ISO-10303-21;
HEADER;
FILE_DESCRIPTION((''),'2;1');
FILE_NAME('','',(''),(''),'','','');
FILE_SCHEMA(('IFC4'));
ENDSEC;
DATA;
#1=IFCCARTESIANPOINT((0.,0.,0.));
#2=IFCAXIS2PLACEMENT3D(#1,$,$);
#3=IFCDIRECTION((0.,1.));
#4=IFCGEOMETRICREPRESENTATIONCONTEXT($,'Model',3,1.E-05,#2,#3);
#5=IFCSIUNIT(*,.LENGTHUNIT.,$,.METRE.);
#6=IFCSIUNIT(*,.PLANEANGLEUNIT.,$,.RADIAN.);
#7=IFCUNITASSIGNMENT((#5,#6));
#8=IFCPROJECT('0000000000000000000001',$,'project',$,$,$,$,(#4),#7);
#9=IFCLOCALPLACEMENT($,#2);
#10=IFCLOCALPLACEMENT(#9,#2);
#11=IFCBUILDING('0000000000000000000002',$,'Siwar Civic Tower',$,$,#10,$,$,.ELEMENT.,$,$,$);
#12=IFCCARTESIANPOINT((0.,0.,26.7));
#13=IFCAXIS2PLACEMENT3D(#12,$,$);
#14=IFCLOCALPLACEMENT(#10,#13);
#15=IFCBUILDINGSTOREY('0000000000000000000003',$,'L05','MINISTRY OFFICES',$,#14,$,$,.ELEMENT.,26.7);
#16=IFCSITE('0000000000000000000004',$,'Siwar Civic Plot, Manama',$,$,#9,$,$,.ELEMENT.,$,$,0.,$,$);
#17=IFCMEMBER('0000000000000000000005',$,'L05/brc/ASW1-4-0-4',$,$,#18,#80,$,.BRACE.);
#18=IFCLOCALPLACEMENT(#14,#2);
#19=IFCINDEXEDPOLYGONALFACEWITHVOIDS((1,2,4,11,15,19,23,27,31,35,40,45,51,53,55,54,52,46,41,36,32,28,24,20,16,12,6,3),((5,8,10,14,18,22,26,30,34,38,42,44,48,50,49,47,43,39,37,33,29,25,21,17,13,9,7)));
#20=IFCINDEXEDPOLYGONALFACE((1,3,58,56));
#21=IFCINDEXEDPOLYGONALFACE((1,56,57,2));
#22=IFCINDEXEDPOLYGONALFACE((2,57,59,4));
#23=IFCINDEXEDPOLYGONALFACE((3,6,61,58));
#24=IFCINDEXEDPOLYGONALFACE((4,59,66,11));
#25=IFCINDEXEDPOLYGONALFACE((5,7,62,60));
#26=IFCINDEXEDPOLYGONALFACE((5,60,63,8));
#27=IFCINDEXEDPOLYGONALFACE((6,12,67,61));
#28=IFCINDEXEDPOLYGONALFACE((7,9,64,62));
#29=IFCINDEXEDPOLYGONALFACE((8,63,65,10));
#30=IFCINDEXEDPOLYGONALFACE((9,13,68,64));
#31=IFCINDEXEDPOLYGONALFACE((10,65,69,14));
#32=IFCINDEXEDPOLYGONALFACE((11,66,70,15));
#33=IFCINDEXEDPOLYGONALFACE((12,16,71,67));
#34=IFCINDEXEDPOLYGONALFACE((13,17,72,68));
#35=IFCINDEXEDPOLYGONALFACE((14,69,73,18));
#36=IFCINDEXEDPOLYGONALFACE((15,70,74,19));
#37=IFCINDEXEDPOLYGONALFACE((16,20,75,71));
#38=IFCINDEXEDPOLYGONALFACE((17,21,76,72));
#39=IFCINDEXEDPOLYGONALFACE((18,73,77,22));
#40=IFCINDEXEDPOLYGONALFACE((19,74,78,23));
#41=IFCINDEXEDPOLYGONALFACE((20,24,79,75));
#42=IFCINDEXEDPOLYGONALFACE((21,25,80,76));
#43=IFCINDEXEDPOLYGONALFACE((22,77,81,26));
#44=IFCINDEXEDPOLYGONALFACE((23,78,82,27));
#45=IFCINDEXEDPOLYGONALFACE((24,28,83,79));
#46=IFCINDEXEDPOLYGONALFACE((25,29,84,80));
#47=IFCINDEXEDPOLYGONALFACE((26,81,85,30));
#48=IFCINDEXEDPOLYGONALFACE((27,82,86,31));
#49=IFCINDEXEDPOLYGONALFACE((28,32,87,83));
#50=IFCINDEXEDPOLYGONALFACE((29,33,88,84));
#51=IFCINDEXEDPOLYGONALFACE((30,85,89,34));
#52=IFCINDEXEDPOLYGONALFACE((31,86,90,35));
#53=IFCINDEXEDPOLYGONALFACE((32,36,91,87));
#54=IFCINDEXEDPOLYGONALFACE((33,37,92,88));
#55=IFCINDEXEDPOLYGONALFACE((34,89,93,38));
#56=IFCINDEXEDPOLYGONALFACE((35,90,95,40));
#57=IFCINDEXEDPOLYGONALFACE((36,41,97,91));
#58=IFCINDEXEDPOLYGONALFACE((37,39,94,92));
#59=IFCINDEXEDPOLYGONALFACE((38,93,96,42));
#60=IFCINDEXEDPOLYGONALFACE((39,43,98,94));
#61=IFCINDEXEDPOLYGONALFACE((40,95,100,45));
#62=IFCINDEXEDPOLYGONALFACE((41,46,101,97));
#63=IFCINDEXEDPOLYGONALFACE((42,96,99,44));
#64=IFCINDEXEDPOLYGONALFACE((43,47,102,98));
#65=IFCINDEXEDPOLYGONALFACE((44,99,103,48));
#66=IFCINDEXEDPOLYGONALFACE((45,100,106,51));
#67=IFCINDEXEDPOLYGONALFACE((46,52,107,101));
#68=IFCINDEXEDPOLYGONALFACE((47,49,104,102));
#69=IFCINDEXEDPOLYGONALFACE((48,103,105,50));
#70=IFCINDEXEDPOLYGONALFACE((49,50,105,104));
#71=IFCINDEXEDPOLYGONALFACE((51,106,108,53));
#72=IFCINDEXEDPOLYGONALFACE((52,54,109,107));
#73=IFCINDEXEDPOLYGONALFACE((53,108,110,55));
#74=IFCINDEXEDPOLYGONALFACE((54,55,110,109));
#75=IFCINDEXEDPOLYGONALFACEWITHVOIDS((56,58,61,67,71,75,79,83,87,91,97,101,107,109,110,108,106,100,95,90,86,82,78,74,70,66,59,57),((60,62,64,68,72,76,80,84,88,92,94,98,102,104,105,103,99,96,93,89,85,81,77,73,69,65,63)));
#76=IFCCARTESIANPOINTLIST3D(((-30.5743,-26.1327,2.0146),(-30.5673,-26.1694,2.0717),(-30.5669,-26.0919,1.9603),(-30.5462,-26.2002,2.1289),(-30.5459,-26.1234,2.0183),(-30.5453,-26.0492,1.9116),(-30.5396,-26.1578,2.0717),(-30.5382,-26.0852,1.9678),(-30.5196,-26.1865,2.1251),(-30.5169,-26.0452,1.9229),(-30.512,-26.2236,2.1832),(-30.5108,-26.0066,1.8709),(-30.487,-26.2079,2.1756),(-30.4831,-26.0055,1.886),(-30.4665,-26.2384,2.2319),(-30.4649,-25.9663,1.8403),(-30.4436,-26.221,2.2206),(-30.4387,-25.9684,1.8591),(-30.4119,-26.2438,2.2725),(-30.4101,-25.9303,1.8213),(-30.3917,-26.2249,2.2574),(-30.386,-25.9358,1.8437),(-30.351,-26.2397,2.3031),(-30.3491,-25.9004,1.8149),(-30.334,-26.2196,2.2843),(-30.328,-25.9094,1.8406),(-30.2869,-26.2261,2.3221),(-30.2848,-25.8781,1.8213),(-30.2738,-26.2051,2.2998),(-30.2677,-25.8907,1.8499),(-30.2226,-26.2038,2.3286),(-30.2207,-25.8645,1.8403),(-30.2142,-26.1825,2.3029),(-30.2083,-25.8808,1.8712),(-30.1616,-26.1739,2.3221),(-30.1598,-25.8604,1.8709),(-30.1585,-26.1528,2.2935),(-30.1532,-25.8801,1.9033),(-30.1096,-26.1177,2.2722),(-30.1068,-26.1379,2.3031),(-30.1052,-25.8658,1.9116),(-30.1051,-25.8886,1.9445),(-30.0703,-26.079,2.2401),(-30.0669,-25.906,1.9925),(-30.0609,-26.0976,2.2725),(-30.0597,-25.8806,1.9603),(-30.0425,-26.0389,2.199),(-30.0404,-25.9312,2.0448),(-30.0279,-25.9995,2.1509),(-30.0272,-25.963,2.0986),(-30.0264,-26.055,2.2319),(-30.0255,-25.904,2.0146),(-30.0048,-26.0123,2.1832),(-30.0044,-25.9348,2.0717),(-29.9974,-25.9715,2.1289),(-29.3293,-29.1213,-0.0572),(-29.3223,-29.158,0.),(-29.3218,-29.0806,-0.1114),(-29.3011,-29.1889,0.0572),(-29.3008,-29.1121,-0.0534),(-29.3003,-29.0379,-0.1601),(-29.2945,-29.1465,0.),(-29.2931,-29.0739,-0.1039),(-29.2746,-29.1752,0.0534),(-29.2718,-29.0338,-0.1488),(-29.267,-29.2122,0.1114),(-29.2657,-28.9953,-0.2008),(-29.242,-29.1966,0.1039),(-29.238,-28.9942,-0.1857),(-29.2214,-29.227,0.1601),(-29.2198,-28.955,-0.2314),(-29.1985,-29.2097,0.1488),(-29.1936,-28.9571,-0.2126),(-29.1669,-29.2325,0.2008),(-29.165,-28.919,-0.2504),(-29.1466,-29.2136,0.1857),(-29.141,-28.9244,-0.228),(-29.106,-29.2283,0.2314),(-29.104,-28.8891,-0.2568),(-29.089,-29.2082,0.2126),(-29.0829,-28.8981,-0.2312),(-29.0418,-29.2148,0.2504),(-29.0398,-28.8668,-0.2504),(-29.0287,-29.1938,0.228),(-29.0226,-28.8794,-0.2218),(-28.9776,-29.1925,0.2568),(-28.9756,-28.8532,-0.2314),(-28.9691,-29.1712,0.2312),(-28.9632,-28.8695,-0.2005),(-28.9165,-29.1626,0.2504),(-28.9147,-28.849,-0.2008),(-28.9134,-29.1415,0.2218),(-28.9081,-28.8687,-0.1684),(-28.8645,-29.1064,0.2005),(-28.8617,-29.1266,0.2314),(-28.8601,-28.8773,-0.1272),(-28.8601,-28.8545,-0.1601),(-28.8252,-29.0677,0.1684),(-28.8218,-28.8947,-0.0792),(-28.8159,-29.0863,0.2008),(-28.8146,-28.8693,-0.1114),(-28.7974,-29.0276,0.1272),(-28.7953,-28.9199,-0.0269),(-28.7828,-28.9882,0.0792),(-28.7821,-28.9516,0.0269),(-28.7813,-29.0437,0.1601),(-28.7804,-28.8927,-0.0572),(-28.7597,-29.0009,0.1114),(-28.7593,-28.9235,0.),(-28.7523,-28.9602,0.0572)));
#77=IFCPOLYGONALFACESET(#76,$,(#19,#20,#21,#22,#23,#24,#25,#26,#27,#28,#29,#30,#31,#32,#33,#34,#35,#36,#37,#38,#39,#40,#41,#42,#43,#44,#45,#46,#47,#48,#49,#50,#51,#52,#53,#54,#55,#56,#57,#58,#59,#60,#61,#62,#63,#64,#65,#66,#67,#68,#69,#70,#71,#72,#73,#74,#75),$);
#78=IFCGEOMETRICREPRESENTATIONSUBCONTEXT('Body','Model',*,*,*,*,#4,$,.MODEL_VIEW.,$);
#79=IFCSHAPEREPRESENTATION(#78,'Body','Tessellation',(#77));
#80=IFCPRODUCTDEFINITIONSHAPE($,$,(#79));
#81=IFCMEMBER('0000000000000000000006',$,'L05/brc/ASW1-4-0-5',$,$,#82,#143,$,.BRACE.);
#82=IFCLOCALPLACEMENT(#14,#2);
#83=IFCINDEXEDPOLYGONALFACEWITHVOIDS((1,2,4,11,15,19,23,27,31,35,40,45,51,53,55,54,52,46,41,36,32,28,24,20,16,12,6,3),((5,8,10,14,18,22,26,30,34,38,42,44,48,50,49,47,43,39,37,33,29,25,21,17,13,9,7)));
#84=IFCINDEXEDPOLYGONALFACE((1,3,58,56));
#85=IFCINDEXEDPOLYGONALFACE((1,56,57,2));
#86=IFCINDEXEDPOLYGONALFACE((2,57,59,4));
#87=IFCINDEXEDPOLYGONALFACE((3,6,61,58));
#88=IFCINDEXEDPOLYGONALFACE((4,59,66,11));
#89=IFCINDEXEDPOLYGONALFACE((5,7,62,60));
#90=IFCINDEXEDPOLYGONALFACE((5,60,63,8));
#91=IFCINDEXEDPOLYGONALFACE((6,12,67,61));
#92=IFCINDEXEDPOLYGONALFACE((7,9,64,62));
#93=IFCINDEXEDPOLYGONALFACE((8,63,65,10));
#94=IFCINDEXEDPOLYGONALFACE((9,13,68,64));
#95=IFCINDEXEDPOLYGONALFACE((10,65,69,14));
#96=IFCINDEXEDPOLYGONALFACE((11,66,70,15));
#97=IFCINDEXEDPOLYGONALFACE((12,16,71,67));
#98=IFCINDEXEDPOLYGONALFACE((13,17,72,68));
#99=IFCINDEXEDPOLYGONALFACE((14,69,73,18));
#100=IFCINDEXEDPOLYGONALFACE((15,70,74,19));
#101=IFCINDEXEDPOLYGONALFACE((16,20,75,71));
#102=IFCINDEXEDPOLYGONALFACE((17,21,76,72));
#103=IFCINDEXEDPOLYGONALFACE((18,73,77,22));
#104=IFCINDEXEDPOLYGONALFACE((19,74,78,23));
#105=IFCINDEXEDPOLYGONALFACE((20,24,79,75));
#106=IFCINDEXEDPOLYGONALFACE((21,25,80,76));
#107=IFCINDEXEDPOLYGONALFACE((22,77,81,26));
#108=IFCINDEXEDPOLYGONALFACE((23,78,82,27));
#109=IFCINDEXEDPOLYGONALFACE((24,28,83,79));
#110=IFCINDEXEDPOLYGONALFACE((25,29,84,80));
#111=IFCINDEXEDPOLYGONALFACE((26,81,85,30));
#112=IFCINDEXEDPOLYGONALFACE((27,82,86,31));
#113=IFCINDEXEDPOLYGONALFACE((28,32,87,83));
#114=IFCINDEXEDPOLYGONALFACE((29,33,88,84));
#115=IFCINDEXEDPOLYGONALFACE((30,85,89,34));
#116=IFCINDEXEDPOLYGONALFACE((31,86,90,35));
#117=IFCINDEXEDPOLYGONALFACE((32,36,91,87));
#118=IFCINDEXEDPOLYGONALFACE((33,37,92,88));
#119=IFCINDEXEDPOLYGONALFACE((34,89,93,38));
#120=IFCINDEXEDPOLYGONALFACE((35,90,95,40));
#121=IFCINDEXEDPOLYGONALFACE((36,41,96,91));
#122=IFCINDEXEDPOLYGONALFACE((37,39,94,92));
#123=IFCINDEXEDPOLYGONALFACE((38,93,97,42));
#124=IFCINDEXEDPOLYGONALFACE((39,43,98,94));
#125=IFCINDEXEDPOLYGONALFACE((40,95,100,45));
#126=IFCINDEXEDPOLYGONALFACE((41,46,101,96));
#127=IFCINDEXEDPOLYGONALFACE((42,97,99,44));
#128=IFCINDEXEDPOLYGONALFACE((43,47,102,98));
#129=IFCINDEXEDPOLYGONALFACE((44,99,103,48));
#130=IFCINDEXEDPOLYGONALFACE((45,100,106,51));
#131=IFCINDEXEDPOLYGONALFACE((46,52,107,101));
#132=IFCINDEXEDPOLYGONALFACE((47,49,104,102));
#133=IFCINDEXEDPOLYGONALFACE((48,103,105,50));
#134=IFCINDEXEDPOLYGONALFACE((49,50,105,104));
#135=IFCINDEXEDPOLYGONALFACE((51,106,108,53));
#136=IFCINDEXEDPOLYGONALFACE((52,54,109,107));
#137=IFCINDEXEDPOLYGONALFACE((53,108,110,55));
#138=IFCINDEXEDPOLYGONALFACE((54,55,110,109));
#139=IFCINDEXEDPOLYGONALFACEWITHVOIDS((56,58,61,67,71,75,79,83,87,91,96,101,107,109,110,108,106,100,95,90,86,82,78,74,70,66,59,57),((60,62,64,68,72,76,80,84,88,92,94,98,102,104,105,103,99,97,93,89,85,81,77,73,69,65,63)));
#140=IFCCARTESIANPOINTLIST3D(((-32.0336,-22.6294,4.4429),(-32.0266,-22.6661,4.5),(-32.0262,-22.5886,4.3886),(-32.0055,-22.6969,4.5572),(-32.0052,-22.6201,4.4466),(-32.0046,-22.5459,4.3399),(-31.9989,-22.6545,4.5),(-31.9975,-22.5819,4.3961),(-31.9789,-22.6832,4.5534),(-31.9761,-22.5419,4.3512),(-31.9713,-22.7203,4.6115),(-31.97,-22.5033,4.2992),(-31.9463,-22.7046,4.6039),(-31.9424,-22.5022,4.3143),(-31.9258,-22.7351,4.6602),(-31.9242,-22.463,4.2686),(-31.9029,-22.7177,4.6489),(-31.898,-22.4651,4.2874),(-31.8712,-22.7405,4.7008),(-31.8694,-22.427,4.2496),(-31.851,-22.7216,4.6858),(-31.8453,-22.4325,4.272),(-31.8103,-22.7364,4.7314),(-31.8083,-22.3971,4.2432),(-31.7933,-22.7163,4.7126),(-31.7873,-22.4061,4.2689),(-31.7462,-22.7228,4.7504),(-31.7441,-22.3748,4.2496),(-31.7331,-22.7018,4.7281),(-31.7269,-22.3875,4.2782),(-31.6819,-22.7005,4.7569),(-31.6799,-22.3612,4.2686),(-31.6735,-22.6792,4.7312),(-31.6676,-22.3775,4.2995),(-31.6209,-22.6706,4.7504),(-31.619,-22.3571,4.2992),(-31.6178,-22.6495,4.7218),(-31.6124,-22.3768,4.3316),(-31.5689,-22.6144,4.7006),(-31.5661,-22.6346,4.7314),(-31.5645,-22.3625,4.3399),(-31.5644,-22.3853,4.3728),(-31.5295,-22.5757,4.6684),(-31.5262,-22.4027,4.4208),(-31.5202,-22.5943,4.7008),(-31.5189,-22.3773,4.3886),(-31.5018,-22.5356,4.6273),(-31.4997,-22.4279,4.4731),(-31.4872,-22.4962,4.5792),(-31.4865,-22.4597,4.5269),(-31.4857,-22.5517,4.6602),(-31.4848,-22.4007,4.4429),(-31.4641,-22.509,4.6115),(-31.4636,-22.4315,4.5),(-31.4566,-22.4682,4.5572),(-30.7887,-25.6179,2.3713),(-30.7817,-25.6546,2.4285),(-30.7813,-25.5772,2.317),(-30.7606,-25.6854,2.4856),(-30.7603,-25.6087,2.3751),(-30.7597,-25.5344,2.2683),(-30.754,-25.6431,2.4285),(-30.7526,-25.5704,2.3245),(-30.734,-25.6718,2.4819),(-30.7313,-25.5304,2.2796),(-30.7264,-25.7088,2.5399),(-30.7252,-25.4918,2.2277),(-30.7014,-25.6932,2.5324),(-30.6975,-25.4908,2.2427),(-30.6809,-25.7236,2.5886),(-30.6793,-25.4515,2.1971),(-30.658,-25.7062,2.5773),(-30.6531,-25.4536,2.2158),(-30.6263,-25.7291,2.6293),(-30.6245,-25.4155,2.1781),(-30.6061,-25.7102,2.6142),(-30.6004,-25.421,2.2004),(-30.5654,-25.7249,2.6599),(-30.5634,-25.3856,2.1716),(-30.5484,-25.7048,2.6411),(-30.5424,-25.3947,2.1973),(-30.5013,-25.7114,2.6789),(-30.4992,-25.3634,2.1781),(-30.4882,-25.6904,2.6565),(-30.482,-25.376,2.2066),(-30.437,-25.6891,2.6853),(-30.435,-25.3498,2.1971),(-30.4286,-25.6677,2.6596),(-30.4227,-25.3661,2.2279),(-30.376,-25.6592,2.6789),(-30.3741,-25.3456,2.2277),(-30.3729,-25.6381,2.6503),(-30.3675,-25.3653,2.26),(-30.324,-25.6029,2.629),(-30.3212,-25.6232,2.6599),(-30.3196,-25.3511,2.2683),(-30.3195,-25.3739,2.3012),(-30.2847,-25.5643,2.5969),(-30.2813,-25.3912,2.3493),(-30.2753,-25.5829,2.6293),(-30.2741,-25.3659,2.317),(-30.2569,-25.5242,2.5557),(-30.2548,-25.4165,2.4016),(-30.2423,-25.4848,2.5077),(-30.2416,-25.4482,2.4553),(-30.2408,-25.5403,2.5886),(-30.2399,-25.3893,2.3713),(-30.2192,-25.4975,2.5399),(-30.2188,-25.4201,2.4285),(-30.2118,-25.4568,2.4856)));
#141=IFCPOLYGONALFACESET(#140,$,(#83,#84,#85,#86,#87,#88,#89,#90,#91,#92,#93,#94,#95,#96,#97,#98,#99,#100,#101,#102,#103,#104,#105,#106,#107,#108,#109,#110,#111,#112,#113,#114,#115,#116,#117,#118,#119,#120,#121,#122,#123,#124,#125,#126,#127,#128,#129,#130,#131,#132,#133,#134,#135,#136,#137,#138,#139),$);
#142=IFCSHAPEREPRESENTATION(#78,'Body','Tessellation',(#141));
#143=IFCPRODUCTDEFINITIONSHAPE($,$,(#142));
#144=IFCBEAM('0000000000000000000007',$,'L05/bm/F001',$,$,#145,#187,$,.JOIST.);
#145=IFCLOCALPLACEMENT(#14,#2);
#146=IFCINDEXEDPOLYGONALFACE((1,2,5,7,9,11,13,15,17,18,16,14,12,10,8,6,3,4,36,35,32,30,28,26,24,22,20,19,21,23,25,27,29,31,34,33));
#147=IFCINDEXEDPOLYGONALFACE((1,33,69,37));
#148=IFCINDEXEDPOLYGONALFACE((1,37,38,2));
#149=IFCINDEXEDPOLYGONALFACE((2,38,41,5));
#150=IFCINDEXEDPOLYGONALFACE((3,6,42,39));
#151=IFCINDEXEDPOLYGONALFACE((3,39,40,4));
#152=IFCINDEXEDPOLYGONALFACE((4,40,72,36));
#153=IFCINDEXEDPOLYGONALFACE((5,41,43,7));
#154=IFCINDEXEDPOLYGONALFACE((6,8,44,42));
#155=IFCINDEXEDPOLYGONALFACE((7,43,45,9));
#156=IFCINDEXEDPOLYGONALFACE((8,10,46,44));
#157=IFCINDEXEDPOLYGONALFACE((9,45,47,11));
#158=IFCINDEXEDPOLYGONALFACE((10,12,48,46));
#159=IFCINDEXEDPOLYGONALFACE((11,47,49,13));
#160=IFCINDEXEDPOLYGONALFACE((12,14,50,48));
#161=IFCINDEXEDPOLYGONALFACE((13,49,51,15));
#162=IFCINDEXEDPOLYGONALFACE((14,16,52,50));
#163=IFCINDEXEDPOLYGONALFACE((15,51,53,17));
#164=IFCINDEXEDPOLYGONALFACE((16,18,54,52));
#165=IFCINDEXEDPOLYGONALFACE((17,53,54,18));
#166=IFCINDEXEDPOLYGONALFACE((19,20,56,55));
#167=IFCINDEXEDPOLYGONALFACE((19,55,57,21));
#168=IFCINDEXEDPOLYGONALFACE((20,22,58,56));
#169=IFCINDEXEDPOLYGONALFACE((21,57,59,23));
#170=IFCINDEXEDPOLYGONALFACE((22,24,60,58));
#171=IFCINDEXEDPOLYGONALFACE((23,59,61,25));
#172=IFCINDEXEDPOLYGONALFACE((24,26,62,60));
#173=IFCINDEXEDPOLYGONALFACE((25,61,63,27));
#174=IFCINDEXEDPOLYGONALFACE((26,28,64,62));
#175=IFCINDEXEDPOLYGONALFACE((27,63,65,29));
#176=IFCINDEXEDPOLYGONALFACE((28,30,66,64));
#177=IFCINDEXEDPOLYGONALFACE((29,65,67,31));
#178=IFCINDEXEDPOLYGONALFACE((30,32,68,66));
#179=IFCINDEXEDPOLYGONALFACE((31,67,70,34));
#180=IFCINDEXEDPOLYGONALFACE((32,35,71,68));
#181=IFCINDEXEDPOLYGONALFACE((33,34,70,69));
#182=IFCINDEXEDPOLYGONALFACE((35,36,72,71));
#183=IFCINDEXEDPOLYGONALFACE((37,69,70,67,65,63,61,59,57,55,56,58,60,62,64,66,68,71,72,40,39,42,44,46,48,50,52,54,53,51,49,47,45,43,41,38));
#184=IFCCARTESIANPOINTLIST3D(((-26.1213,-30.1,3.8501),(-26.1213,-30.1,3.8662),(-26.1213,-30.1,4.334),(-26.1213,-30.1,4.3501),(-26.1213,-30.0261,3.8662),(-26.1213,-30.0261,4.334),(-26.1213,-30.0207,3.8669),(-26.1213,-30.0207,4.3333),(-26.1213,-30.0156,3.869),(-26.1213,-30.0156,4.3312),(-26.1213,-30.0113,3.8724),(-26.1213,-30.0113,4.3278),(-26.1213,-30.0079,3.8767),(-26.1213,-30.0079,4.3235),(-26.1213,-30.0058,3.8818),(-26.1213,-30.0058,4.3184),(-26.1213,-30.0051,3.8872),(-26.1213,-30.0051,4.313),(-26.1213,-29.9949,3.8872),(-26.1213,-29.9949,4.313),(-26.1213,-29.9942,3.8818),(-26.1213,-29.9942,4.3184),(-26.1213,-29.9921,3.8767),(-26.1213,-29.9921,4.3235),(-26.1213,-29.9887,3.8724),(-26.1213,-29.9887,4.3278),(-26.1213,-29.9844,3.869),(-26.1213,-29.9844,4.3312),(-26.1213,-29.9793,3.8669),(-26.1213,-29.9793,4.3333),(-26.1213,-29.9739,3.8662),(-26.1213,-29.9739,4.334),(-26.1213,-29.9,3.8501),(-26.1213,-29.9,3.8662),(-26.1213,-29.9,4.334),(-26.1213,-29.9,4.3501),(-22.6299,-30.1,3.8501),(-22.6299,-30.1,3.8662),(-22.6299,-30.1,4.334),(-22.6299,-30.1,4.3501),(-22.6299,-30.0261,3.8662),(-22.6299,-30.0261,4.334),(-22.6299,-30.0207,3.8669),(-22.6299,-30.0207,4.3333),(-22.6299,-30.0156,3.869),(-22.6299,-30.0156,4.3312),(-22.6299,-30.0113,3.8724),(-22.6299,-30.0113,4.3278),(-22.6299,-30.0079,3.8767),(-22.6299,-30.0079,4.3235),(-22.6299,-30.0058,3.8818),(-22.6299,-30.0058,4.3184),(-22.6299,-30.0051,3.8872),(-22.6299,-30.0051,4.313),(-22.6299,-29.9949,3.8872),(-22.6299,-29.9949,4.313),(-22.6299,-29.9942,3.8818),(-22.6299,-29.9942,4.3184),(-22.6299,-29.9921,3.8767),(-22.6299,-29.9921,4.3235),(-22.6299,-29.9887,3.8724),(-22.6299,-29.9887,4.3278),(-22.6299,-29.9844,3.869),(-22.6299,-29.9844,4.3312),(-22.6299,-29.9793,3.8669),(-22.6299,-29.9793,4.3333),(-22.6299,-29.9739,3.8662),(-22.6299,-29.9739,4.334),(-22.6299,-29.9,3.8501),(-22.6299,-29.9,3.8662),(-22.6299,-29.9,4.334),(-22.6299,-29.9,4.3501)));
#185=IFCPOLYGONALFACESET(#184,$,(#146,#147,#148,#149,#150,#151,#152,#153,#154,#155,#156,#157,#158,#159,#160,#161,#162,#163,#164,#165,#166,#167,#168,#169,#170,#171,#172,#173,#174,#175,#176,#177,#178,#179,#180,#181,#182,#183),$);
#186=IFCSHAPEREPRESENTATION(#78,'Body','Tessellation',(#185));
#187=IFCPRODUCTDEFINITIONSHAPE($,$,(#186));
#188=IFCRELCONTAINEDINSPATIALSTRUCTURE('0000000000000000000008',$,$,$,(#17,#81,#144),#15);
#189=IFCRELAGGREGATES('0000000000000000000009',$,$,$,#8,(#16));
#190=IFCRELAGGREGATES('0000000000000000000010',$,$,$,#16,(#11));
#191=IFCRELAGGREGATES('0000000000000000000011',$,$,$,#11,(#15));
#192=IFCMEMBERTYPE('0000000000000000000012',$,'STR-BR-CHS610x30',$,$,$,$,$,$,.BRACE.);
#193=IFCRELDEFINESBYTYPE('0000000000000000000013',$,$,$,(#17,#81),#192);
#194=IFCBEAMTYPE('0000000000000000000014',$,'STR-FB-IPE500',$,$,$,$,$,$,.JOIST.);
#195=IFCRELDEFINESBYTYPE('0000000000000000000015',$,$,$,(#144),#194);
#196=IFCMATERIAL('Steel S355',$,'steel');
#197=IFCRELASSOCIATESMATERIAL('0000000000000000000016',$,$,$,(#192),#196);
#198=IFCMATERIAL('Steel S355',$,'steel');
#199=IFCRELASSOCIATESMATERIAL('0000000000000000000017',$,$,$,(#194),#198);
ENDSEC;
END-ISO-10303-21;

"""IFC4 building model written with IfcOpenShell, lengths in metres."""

from ifc_helpers import new_model, si_unit, direction, frame, origin, origin_2d, place, context, subcontext, project, spatial, hollow_circle, i_section, extrude, material, material_profile, profile_set, type_object, element, save


model = new_model("IFC4")

# Units and contexts
model_context = context("Model", 3, precision=1e-05, world=origin(), true_north=direction((0.0, 1.0)))
body_context = subcontext(model_context, "Body", "Model", "MODEL_VIEW")
ifc_project = project(units=[si_unit("LENGTHUNIT", "METRE"), si_unit("PLANEANGLEUNIT", "RADIAN")], contexts=[model_context])

# Site, building, storey
site_placement = place(None, origin())
site = spatial("IfcSite", under=ifc_project, at=site_placement, Name="Siwar Civic Plot, Manama", CompositionType="ELEMENT", RefElevation=0.0)
building_placement = place(site_placement, origin())
building = spatial("IfcBuilding", under=site, at=building_placement, Name="Siwar Civic Tower", CompositionType="ELEMENT")
storey_placement = place(building_placement, frame((0.0, 0.0, 26.7)))
storey = spatial("IfcBuildingStorey", under=building, at=storey_placement, Name="L05", Description="MINISTRY OFFICES", CompositionType="ELEMENT", Elevation=26.7)

# Members
ifc_material_1 = material(Name="Steel S355", Category="steel")
ifc_material_profile_1 = material_profile(ifc_material_1, hollow_circle(Radius=0.3049, WallThickness=0.03, at=origin_2d()), Name="CHS610x30")
ifc_profile_set_1 = profile_set([ifc_material_profile_1], Name="Steel S355")
member_type_1 = type_object("IfcMemberType", Name="STR-BR-CHS610x30", PredefinedType="BRACE", material=ifc_profile_set_1)
member_1_placement = place(storey_placement, frame((-29.0408, -29.0408, 0.0), z_axis=(-0.323923, 0.777542, 0.538982), x_axis=(-0.923099, -0.384562, 0.0)))
element("IfcMember", 1, at=member_1_placement, inside=storey, type_object=member_type_1, Name="L05/brc/ASW1-4-0-4", PredefinedType="BRACE", context=body_context, shape_type="SweptSolid", body=[
    extrude(hollow_circle(Radius=0.3049, WallThickness=0.03, at=origin_2d()), origin(), (0.0, 0.0, 1.0), 3.8438),
])
member_2_placement = place(storey_placement, frame((-30.5002, -25.5374, 2.4285), z_axis=(-0.323893, 0.77756, 0.538975), x_axis=(-0.923115, -0.384524, 0.0)))
element("IfcMember", 2, at=member_2_placement, inside=storey, type_object=member_type_1, Name="L05/brc/ASW1-4-0-5", PredefinedType="BRACE", context=body_context, shape_type="SweptSolid", body=[
    extrude(hollow_circle(Radius=0.3049, WallThickness=0.03, at=origin_2d()), origin(), (0.0, 0.0, 1.0), 3.8435),
])

# Beam
ifc_material_2 = material(Name="Steel S355", Category="steel")
ifc_material_profile_2 = material_profile(ifc_material_2, i_section(OverallWidth=0.2, OverallDepth=0.5, WebThickness=0.0103, FlangeThickness=0.0161, FilletRadius=0.021, at=origin_2d()), Name="IPE500")
ifc_profile_set_2 = profile_set([ifc_material_profile_2], Name="Steel S355")
beam_type_1 = type_object("IfcBeamType", Name="STR-FB-IPE500", PredefinedType="JOIST", material=ifc_profile_set_2)
beam_1_placement = place(storey_placement, frame((-26.1213, -30.0, 4.1001), z_axis=(1.0, 0.0, 0.0), x_axis=(0.0, 1.0, 0.0)))
element("IfcBeam", 3, at=beam_1_placement, inside=storey, type_object=beam_type_1, Name="L05/bm/F001", PredefinedType="JOIST", context=body_context, shape_type="SweptSolid", body=[
    extrude(i_section(OverallWidth=0.2, OverallDepth=0.5, WebThickness=0.0103, FlangeThickness=0.0161, FilletRadius=0.021, at=origin_2d()), origin(), (0.0, 0.0, 1.0), 3.4915),
])

save(model, "model.ifc")
